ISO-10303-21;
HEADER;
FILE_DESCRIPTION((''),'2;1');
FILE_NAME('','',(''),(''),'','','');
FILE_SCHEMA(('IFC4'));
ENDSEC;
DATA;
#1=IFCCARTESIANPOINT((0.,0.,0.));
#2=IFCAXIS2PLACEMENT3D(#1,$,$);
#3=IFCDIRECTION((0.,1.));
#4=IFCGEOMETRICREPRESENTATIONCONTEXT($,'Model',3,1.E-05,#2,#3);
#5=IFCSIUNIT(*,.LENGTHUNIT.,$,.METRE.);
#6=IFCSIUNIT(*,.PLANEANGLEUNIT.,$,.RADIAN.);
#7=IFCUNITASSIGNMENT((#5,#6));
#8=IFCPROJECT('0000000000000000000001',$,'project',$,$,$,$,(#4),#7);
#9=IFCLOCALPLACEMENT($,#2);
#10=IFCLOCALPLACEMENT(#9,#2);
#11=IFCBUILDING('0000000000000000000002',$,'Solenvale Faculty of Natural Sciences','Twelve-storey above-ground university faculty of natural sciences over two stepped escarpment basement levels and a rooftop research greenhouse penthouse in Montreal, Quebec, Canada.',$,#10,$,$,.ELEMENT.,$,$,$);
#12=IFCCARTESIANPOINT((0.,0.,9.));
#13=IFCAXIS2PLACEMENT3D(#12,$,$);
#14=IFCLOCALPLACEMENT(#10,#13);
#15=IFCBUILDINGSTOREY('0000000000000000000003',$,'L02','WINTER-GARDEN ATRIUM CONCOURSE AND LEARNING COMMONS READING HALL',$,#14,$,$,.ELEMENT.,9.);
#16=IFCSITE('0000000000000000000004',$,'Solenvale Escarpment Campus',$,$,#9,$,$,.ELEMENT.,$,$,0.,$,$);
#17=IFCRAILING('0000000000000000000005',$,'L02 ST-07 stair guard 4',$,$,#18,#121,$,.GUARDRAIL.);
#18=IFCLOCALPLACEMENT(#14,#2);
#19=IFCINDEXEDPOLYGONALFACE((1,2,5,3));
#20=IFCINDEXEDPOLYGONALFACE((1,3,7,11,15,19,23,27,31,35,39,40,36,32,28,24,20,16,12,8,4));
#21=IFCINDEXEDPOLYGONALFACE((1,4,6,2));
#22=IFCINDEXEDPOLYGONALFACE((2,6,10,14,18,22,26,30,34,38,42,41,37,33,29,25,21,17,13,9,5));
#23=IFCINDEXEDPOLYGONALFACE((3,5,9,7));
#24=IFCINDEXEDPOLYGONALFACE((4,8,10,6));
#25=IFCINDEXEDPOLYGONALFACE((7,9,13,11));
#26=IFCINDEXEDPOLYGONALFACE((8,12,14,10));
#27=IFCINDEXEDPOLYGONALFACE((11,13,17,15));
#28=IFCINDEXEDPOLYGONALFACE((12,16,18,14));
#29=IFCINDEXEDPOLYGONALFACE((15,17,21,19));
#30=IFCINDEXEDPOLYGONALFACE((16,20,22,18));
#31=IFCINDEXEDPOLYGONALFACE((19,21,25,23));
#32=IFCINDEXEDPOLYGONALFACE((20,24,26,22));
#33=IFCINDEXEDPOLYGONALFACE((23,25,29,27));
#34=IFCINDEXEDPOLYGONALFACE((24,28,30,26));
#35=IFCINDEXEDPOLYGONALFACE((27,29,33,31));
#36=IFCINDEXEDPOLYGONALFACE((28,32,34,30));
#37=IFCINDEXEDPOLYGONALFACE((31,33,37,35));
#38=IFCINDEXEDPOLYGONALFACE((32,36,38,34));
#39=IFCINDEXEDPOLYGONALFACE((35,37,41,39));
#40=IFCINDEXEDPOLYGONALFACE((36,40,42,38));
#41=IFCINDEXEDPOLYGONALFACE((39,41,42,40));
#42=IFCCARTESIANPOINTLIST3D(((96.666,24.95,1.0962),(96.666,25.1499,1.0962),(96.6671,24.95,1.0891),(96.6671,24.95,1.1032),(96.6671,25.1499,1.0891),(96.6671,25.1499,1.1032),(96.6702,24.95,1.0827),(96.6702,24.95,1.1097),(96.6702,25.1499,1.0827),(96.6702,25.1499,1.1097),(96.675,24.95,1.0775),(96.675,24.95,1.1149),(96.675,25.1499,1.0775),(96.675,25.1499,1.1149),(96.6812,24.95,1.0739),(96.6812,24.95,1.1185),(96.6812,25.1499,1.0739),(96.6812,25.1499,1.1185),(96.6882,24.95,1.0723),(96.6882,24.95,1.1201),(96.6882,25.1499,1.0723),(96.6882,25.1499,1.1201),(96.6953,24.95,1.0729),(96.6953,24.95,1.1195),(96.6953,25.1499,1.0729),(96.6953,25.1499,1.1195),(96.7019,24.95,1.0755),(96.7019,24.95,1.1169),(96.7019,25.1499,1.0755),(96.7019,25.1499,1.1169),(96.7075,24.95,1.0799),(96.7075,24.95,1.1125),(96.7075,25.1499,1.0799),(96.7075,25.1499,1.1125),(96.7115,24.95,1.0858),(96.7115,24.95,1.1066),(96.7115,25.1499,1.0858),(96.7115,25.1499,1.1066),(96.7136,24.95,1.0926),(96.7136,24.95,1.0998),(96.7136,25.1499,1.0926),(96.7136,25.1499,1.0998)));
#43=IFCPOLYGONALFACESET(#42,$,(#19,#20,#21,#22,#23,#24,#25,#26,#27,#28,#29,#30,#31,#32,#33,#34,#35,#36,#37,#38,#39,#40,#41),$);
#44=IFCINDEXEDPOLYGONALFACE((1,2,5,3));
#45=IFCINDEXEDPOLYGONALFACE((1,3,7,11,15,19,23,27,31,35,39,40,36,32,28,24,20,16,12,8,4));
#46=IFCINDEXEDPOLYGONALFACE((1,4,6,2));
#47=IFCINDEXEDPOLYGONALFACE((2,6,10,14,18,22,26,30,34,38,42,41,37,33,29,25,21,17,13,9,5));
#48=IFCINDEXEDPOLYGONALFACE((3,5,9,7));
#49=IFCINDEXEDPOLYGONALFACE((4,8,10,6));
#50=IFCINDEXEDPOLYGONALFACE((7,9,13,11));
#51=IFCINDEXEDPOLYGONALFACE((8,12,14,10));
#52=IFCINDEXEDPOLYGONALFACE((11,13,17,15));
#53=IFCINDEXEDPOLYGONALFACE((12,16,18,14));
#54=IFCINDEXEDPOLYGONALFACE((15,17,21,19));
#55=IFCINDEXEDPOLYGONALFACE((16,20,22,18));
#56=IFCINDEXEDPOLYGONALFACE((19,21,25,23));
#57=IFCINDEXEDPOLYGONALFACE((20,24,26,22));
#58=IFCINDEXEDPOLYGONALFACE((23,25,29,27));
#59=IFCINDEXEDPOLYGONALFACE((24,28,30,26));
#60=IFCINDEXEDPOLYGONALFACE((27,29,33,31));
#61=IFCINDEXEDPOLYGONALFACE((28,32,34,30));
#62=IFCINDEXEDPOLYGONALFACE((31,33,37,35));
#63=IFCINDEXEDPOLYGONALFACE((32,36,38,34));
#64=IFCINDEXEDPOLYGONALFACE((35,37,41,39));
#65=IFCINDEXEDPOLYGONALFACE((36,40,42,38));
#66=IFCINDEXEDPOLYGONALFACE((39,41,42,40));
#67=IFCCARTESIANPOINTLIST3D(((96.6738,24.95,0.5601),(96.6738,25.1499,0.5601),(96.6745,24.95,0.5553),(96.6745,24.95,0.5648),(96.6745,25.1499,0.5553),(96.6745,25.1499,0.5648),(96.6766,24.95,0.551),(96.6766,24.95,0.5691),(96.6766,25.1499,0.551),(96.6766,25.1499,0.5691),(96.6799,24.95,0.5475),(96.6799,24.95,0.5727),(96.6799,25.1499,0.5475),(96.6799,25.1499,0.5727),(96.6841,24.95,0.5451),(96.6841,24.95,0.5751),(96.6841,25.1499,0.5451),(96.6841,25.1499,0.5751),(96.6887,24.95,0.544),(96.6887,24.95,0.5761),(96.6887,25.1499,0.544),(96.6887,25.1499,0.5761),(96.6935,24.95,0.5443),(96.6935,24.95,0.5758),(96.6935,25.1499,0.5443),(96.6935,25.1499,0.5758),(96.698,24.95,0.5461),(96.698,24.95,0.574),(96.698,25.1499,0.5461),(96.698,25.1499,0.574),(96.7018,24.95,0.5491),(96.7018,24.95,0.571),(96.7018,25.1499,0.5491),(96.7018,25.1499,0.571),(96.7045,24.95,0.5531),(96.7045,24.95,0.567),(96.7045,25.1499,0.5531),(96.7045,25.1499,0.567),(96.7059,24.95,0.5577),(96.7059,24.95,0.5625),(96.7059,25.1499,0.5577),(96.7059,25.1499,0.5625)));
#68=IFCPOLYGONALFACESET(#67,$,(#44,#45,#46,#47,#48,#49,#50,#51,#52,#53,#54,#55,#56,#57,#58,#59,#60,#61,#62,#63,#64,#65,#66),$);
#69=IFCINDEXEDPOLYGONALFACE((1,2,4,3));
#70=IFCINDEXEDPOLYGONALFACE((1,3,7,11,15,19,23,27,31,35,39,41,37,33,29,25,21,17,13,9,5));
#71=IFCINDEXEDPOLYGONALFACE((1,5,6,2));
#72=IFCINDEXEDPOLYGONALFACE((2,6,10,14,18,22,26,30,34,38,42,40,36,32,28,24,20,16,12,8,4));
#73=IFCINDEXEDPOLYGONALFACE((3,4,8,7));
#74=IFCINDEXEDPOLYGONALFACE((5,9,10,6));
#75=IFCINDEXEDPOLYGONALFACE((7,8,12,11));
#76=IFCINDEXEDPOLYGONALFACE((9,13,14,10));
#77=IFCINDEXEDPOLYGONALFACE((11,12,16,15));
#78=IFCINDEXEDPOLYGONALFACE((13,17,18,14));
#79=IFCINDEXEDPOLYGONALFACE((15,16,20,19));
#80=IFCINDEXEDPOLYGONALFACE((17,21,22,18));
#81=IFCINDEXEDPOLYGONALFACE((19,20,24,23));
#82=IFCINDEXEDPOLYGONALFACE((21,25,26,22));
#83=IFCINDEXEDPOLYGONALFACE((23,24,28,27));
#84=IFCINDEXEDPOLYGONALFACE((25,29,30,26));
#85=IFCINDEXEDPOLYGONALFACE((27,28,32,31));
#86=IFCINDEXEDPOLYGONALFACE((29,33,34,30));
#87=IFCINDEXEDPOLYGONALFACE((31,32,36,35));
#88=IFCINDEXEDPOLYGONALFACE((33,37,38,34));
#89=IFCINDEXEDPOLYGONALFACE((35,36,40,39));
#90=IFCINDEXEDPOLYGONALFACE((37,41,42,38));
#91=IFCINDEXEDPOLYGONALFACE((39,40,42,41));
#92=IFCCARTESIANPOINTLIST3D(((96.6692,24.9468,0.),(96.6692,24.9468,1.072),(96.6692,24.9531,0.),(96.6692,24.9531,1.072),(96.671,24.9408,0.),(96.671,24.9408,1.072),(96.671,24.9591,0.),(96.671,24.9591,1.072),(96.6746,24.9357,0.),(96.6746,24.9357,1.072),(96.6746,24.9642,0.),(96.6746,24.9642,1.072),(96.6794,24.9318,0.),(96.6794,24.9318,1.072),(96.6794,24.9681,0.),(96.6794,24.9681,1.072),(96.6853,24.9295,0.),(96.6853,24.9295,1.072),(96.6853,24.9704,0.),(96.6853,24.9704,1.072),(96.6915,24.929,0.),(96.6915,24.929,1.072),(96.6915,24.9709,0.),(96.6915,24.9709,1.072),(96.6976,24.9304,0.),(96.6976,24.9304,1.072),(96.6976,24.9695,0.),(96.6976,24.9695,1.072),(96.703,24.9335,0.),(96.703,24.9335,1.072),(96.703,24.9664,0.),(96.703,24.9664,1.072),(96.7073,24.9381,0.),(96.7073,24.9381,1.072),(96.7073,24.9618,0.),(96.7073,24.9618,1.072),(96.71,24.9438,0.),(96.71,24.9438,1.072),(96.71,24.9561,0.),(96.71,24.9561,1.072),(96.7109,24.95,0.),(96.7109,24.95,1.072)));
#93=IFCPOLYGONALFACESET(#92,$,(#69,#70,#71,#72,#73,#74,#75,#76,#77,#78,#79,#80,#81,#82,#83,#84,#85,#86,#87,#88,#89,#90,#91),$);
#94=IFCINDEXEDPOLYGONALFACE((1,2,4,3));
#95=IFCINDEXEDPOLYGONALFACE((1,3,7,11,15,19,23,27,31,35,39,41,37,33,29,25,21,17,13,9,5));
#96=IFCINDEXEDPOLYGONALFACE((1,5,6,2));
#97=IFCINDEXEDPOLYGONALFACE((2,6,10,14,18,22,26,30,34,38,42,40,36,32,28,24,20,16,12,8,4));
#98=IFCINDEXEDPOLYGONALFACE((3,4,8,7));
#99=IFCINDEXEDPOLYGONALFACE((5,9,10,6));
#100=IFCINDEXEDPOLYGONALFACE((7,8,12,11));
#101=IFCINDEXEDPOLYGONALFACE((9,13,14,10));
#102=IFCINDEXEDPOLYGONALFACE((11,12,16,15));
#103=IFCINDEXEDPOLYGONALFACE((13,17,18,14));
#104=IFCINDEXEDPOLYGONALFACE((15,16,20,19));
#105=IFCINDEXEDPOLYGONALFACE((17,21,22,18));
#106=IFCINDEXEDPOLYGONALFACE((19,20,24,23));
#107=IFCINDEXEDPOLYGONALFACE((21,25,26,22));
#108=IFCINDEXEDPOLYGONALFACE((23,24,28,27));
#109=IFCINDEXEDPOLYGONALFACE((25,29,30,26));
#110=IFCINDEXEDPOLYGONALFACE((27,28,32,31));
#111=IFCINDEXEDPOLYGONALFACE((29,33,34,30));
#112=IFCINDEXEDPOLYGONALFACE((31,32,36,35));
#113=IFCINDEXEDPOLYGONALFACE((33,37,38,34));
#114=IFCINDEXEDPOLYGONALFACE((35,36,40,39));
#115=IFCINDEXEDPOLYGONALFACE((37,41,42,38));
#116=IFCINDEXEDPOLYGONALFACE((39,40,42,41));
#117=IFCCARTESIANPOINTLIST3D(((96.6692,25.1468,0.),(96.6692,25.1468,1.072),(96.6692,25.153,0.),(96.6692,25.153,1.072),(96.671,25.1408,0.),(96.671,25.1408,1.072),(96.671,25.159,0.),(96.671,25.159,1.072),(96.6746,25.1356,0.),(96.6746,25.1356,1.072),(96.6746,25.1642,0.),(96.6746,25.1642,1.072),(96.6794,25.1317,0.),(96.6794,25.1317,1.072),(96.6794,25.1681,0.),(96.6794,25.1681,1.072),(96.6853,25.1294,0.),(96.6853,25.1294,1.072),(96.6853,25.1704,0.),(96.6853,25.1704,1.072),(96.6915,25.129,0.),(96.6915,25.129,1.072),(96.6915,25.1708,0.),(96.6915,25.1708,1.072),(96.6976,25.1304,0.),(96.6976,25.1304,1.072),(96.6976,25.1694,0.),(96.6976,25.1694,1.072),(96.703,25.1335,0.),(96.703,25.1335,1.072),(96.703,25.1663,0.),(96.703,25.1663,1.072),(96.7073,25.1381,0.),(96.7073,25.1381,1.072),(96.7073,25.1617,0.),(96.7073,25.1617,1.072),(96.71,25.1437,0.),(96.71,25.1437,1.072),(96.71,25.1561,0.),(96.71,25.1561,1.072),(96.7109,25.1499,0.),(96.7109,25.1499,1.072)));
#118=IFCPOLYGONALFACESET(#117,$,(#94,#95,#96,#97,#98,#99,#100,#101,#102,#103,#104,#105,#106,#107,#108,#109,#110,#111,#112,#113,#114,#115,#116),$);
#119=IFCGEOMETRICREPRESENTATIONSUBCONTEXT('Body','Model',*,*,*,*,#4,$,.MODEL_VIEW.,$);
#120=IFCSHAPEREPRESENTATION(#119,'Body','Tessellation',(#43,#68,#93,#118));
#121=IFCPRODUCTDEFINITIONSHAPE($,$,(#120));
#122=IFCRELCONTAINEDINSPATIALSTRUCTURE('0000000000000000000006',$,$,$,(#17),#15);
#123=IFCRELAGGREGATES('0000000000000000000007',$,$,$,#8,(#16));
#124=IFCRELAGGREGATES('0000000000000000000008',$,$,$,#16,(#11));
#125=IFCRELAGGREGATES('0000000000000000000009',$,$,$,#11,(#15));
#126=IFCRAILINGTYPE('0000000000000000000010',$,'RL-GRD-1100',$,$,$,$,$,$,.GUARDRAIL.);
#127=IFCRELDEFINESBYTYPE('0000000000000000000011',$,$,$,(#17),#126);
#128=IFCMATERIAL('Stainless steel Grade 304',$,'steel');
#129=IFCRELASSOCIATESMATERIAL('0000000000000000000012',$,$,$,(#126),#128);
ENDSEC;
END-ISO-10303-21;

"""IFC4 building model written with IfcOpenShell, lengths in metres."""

from ifc_helpers import new_model, si_unit, direction, frame, origin, origin_2d, place, context, subcontext, project, spatial, circle, extrude, material, type_object, element, save


model = new_model("IFC4")

# Units and contexts
model_context = context("Model", 3, precision=1e-05, world=origin(), true_north=direction((0.0, 1.0)))
body_context = subcontext(model_context, "Body", "Model", "MODEL_VIEW")
ifc_project = project(units=[si_unit("LENGTHUNIT", "METRE"), si_unit("PLANEANGLEUNIT", "RADIAN")], contexts=[model_context])

# Site, building, storey
site_placement = place(None, origin())
site = spatial("IfcSite", under=ifc_project, at=site_placement, Name="Solenvale Escarpment Campus", CompositionType="ELEMENT", RefElevation=0.0)
building_placement = place(site_placement, origin())
building = spatial("IfcBuilding", under=site, at=building_placement, Name="Solenvale Faculty of Natural Sciences", Description="Twelve-storey above-ground university faculty of natural sciences over two stepped escarpment basement levels and a rooftop research greenhouse penthouse in Montreal, Quebec, Canada.", CompositionType="ELEMENT")
storey_placement = place(building_placement, frame((0.0, 0.0, 9.0)))
storey = spatial("IfcBuildingStorey", under=building, at=storey_placement, Name="L02", Description="WINTER-GARDEN ATRIUM CONCOURSE AND LEARNING COMMONS READING HALL", CompositionType="ELEMENT", Elevation=9.0)

# Railing
ifc_material_1 = material(Name="Stainless steel Grade 304", Category="steel")
railing_type_1 = type_object("IfcRailingType", Name="RL-GRD-1100", PredefinedType="GUARDRAIL", material=ifc_material_1)
railing_1_placement = place(storey_placement, frame((96.6899, 24.95, 0.0)))
element("IfcRailing", 1, at=railing_1_placement, inside=storey, type_object=railing_type_1, Name="L02 ST-07 stair guard 4", PredefinedType="GUARDRAIL", context=body_context, shape_type="SweptSolid", body=[
    extrude(circle(Radius=0.0239, at=origin_2d()), frame((0.0, 0.0, 1.0962), z_axis=(0.0, 1.0, 0.0), x_axis=(-1.0, 0.0, 0.0)), (0.0, 0.0, 1.0), 0.2),
    extrude(circle(Radius=0.0161, at=origin_2d()), frame((0.0, 0.0, 0.5601), z_axis=(0.0, 1.0, 0.0), x_axis=(-1.0, 0.0, 0.0)), (0.0, 0.0, 1.0), 0.2),
    extrude(circle(Radius=0.021, at=origin_2d()), origin(), (0.0, 0.0, 1.0), 1.072),
    extrude(circle(Radius=0.021, at=origin_2d()), frame((0.0, 0.2, 0.0)), (0.0, 0.0, 1.0), 1.072),
])

save(model, "model.ifc")
